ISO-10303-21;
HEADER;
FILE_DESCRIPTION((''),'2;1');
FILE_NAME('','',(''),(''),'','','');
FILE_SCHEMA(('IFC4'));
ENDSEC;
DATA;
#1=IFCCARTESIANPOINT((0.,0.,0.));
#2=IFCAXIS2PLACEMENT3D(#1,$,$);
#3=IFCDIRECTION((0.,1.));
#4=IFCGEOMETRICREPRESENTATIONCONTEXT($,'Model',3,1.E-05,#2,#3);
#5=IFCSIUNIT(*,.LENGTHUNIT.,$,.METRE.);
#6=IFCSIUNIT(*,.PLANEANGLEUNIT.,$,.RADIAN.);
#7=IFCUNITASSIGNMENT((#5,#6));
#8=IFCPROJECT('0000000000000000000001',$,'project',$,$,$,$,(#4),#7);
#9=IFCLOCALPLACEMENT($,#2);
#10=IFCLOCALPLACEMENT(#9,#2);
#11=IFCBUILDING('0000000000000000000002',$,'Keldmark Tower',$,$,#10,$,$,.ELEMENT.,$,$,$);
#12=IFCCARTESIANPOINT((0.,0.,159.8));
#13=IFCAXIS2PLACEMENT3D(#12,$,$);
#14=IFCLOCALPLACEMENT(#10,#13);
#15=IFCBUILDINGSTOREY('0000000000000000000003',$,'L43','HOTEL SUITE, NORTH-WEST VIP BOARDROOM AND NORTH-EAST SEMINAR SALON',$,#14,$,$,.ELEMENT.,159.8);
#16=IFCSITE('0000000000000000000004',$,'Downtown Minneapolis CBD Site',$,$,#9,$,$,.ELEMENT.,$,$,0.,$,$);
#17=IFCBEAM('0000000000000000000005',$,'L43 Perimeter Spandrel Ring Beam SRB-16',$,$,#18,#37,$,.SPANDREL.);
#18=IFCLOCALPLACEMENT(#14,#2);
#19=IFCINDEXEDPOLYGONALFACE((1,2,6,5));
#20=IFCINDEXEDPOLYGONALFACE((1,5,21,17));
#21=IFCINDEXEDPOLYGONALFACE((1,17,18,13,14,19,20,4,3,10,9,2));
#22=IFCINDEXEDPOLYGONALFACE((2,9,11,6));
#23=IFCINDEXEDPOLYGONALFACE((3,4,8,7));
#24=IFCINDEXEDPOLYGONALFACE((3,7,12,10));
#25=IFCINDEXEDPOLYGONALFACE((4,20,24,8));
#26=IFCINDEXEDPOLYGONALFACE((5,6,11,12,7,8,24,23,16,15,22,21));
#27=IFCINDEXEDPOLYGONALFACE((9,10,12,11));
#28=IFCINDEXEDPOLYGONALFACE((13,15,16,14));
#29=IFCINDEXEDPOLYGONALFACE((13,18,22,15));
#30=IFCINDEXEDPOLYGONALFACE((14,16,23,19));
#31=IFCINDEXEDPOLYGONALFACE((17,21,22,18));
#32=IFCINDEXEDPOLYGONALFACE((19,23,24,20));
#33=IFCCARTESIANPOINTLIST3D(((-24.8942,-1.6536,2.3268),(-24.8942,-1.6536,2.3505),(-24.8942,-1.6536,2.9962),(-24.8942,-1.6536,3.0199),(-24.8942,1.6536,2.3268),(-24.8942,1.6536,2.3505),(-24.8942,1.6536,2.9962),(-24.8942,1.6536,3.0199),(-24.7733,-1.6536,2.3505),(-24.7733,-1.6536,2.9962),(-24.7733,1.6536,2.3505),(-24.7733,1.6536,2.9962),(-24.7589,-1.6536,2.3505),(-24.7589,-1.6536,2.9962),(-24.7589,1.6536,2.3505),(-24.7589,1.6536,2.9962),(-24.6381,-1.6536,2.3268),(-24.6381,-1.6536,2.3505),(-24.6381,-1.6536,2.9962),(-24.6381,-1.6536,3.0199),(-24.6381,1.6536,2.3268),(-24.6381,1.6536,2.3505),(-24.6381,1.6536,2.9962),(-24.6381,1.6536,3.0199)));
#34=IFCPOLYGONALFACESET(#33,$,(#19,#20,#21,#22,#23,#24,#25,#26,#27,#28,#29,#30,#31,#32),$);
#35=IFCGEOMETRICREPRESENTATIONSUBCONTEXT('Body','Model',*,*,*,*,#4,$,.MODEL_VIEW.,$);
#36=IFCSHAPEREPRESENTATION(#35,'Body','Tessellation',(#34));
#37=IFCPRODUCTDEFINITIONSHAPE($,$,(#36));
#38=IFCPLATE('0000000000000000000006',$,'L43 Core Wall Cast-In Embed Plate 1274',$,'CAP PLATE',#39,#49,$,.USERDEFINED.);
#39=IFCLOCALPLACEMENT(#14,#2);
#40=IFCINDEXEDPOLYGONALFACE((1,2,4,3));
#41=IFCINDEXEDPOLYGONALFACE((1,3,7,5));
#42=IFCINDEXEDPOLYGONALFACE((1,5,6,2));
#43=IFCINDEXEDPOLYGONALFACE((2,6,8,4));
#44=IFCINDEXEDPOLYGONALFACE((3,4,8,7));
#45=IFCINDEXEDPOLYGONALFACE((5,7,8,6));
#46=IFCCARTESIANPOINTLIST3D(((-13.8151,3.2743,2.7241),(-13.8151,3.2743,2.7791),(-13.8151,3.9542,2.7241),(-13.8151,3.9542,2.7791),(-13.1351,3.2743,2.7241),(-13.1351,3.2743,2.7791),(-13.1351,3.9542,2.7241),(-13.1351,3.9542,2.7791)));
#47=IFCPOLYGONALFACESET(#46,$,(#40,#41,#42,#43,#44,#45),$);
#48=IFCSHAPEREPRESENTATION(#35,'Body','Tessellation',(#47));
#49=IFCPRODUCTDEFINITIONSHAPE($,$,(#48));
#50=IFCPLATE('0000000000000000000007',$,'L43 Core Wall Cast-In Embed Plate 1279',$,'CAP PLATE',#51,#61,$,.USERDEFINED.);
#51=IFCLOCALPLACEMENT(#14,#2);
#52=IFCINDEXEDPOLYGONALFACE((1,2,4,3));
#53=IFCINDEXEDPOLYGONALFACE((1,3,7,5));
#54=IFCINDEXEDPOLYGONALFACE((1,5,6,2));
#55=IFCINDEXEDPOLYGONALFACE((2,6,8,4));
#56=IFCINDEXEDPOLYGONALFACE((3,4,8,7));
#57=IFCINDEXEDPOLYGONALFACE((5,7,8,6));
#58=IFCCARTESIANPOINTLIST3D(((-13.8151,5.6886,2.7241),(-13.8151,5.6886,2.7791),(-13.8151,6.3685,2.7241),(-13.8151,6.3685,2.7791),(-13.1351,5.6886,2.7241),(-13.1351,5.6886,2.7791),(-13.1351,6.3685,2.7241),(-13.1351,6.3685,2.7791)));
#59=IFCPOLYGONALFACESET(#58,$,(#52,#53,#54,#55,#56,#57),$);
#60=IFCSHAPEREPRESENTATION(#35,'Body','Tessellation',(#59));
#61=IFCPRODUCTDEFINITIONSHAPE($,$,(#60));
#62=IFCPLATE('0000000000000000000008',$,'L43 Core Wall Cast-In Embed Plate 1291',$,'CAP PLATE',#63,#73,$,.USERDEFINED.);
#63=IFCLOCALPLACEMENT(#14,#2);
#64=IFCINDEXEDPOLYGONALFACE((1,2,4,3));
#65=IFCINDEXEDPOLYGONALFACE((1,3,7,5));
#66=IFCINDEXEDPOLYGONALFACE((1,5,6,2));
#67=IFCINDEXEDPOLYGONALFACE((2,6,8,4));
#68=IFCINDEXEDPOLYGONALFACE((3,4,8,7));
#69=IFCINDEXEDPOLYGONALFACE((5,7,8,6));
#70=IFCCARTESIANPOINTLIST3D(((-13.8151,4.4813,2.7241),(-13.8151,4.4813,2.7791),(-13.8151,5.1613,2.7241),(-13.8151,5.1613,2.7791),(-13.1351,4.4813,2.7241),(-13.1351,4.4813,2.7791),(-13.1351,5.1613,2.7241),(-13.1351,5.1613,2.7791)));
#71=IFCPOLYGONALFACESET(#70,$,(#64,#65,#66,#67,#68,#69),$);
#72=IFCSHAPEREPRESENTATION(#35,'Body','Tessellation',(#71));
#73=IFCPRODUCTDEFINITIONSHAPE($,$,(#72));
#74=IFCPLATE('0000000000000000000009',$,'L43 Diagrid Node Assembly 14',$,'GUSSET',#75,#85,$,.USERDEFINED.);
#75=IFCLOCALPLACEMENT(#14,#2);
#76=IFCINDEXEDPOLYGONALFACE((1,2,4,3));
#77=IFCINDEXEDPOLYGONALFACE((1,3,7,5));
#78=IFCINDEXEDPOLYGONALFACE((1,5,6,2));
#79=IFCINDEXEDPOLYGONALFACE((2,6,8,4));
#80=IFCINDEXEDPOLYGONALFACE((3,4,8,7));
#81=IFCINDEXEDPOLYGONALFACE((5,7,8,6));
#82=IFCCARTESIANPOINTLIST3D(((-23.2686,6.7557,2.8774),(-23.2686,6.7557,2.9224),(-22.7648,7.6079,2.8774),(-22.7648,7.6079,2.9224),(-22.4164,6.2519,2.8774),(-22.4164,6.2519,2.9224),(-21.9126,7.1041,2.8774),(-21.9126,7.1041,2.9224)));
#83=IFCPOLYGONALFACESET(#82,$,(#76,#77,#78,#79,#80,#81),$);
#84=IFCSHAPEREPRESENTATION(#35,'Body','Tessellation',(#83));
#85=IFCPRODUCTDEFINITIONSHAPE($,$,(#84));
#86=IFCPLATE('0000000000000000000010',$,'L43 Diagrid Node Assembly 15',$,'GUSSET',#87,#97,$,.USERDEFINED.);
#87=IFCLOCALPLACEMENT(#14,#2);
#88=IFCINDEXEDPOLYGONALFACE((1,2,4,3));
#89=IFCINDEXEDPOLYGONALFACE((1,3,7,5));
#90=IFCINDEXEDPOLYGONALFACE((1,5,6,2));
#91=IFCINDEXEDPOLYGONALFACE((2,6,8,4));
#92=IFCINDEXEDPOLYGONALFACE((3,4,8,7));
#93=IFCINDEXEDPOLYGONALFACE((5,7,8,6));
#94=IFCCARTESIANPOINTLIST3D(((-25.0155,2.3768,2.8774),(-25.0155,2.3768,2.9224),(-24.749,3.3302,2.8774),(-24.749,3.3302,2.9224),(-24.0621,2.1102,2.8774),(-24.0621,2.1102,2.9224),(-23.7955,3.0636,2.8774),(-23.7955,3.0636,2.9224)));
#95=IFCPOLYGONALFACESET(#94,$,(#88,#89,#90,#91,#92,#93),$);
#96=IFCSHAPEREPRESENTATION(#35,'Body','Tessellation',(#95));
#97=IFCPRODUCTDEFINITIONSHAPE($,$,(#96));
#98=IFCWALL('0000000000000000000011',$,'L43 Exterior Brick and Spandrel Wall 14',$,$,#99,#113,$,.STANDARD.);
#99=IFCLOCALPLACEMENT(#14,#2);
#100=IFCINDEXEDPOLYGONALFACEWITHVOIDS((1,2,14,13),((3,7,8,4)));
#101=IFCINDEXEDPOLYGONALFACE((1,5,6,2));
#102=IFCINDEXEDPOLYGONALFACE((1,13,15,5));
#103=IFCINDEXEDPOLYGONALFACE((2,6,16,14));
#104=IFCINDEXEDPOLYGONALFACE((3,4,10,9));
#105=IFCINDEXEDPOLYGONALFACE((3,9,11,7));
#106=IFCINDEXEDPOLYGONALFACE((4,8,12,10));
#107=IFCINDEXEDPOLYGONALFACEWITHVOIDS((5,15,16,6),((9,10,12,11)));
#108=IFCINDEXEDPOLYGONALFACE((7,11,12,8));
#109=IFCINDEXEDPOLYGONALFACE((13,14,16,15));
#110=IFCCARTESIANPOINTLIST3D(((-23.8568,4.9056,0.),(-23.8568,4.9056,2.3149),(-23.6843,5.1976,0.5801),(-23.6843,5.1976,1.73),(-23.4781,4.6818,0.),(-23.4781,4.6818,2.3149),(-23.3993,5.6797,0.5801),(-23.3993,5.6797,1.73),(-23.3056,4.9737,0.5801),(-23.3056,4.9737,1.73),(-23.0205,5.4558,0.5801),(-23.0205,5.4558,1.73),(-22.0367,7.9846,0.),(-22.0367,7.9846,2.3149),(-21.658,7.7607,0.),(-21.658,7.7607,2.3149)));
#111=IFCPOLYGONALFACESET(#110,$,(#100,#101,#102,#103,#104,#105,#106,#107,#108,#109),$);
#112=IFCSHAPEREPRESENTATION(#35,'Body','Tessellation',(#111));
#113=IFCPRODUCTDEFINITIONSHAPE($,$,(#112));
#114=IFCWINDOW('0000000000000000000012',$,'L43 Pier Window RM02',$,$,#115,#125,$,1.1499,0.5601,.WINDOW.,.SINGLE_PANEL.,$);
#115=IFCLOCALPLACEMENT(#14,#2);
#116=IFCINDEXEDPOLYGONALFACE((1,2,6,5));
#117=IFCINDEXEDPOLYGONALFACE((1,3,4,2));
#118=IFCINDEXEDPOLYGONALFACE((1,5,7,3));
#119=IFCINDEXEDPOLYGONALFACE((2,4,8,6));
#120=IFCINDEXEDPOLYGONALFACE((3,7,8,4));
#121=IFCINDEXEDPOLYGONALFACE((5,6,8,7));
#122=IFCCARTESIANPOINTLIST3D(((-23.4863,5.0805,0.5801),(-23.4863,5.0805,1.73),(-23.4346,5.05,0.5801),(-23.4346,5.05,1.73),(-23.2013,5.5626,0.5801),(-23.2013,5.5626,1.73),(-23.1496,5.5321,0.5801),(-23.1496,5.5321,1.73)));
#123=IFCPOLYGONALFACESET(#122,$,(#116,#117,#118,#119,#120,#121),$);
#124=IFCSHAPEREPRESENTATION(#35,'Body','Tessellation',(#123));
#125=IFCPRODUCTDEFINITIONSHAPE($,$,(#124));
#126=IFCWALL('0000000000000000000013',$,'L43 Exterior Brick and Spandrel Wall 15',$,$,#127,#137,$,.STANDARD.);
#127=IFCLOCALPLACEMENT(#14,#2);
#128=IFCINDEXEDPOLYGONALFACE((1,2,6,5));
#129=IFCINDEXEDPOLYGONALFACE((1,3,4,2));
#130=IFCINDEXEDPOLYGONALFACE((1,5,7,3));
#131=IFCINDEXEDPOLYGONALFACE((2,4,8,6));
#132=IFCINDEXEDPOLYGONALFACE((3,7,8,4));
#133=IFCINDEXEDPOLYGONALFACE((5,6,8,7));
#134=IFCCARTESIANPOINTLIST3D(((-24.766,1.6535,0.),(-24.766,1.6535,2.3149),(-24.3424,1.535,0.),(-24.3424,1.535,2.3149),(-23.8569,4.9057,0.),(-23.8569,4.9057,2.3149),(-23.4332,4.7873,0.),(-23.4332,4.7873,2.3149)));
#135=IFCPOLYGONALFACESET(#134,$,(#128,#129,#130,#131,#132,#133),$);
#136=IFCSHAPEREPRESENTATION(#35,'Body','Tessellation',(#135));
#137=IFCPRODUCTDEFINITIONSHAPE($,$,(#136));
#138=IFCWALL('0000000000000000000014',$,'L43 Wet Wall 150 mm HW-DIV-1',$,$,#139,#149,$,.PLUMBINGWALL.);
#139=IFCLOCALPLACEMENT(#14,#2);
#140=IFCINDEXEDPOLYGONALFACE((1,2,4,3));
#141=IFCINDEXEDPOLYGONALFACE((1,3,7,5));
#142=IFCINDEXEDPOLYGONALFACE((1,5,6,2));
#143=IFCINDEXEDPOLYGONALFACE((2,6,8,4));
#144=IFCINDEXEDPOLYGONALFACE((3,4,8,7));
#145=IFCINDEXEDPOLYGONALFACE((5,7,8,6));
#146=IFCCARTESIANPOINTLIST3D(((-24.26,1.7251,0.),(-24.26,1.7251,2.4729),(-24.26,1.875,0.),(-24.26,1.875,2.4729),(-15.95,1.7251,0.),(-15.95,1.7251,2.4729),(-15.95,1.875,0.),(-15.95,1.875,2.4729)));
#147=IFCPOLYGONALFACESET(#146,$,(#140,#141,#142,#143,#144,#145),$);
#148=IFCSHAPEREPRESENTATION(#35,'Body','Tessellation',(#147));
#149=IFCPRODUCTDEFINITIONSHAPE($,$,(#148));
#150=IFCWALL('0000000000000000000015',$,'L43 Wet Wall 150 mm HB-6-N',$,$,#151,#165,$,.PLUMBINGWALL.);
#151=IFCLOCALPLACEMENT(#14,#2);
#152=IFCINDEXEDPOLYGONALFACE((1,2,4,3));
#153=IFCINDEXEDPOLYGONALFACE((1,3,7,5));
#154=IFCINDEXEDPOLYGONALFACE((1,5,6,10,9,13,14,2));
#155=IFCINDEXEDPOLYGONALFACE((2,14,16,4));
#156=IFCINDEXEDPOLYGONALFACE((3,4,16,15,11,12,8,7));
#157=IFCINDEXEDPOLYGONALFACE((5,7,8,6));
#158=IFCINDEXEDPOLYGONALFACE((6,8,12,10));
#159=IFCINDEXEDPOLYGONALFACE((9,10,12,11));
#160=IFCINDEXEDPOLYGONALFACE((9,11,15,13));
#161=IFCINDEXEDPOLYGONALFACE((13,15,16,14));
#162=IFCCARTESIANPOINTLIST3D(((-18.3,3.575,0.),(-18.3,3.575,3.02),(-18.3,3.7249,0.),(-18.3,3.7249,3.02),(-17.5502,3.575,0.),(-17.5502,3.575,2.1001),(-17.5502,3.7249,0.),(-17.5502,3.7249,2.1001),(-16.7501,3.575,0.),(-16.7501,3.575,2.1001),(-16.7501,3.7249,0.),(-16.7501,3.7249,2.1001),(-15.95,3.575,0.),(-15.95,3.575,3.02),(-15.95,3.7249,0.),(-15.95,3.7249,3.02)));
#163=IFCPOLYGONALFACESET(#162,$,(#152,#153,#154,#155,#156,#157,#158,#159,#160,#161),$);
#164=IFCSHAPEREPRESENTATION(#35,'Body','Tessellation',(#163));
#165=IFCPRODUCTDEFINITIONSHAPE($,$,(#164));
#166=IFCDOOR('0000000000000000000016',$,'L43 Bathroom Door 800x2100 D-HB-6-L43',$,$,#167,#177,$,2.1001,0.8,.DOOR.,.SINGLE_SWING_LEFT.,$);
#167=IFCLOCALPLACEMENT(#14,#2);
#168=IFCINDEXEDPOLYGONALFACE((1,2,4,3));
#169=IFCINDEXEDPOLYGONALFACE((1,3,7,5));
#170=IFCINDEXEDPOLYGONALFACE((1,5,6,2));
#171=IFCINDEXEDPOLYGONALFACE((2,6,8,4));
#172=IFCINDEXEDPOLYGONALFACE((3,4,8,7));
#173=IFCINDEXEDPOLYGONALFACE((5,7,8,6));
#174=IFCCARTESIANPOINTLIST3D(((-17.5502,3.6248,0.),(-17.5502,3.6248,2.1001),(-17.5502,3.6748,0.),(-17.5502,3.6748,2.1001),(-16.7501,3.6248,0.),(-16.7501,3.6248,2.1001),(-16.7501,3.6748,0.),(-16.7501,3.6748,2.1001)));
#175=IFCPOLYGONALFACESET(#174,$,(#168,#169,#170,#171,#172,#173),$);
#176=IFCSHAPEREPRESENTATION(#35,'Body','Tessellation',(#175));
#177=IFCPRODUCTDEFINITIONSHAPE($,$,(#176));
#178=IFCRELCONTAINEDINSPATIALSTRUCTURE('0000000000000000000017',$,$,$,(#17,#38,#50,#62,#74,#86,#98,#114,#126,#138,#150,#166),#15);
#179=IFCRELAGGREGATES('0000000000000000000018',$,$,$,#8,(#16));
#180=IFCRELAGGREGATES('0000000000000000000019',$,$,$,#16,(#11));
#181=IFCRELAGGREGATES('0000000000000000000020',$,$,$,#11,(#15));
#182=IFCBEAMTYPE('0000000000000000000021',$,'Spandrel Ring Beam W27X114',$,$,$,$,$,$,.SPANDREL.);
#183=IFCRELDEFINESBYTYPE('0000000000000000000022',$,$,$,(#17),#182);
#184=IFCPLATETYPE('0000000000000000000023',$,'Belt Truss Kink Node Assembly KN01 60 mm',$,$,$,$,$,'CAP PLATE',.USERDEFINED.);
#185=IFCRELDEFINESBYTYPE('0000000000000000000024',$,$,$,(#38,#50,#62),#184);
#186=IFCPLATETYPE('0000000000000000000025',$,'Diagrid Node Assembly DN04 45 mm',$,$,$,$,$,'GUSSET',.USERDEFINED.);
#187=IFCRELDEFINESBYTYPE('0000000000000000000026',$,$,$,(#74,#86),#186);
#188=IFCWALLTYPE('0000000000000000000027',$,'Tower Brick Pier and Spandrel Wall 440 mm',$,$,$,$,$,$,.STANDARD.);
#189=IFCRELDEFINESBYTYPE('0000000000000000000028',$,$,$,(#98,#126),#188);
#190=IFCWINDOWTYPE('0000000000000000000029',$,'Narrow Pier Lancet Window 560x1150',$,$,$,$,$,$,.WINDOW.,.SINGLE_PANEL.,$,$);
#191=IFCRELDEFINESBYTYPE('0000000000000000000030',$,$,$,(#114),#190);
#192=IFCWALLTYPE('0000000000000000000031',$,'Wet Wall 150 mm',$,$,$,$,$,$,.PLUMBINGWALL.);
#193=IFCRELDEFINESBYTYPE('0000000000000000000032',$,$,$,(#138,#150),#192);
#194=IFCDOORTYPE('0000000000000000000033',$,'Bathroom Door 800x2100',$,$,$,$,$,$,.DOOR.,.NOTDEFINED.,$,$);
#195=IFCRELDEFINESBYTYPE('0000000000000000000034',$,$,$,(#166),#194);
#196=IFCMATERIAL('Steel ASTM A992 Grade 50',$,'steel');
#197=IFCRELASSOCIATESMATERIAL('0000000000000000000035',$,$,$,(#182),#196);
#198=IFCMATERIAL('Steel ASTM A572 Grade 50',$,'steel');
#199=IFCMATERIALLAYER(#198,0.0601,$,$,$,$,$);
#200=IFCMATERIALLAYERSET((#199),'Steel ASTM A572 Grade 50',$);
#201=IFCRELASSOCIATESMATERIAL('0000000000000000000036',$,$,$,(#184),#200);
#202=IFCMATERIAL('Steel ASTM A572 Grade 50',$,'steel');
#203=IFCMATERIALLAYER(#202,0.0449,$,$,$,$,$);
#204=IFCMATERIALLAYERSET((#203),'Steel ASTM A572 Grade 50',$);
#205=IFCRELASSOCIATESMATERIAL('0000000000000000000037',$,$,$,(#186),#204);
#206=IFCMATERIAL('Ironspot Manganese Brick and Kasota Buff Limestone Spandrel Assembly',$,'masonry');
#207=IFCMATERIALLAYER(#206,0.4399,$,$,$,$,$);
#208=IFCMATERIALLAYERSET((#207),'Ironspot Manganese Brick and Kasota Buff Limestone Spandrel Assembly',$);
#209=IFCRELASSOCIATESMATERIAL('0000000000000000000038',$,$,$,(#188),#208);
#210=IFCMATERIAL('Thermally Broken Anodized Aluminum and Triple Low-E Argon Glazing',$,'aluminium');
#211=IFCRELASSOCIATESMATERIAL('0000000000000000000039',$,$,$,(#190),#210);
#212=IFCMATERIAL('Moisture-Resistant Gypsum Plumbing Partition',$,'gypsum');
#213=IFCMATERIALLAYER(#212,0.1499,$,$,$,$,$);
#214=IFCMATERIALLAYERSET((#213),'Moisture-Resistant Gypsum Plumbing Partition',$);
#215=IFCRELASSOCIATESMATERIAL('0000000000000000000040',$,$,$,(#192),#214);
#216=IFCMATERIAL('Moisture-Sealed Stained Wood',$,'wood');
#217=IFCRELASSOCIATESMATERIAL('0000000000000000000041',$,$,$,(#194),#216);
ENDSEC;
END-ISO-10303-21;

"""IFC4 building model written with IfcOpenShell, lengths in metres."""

from ifc_helpers import new_model, si_unit, direction, frame, frame_2d, origin, origin_2d, place, context, subcontext, project, spatial, rectangle, i_section, extrude, material, layer, layer_set, material_profile, profile_set, type_object, element, fill, save


model = new_model("IFC4")

# Units and contexts
model_context = context("Model", 3, precision=1e-05, world=origin(), true_north=direction((0.0, 1.0)))
body_context = subcontext(model_context, "Body", "Model", "MODEL_VIEW")
ifc_project = project(units=[si_unit("LENGTHUNIT", "METRE"), si_unit("PLANEANGLEUNIT", "RADIAN")], contexts=[model_context])

# Site, building, storey
site_placement = place(None, origin())
site = spatial("IfcSite", under=ifc_project, at=site_placement, Name="Downtown Minneapolis CBD Site", CompositionType="ELEMENT", RefElevation=0.0)
building_placement = place(site_placement, origin())
building = spatial("IfcBuilding", under=site, at=building_placement, Name="Keldmark Tower", CompositionType="ELEMENT")
storey_placement = place(building_placement, frame((0.0, 0.0, 159.8)))
storey = spatial("IfcBuildingStorey", under=building, at=storey_placement, Name="L43", Description="HOTEL SUITE, NORTH-WEST VIP BOARDROOM AND NORTH-EAST SEMINAR SALON", CompositionType="ELEMENT", Elevation=159.8)

# Beam
ifc_material_1 = material(Name="Steel ASTM A992 Grade 50", Category="steel")
ifc_material_profile_1 = material_profile(ifc_material_1, i_section(OverallWidth=0.2561, OverallDepth=0.6931, WebThickness=0.0144, FlangeThickness=0.0237, at=origin_2d()), Name="W27X114")
ifc_profile_set_1 = profile_set([ifc_material_profile_1], Name="Steel ASTM A992 Grade 50")
beam_type_1 = type_object("IfcBeamType", Name="Spandrel Ring Beam W27X114", PredefinedType="SPANDREL", material=ifc_profile_set_1)
beam_1_placement = place(storey_placement, frame((-24.7661, 1.6536, 2.6733), z_axis=(0.0, -1.0, 0.0), x_axis=(1.0, 0.0, 0.0)))
element("IfcBeam", 1, at=beam_1_placement, inside=storey, type_object=beam_type_1, Name="L43 Perimeter Spandrel Ring Beam SRB-16", PredefinedType="SPANDREL", context=body_context, shape_type="SweptSolid", body=[
    extrude(i_section(OverallWidth=0.2561, OverallDepth=0.6931, WebThickness=0.0144, FlangeThickness=0.0237, at=origin_2d()), origin(), (0.0, 0.0, 1.0), 3.3071),
])

# Plates
ifc_material_2 = material(Name="Steel ASTM A572 Grade 50", Category="steel")
ifc_layer_1 = layer(ifc_material_2, 0.0601)
ifc_layer_set_1 = layer_set([ifc_layer_1], Name="Steel ASTM A572 Grade 50")
plate_type_1 = type_object("IfcPlateType", Name="Belt Truss Kink Node Assembly KN01 60 mm", ElementType="CAP PLATE", PredefinedType="USERDEFINED", material=ifc_layer_set_1)
for number, where, z_axis, x_axis, name in (
    (2, (-13.4751, 3.6143, 2.7241), (0.0, 0.0, 1.0), (1.0, 0.0, 0.0), "L43 Core Wall Cast-In Embed Plate 1274"),
    (3, (-13.4751, 6.0286, 2.7241), (0.0, 0.0, 1.0), (1.0, 0.0, 0.0), "L43 Core Wall Cast-In Embed Plate 1279"),
    (4, (-13.4751, 4.8213, 2.7241), (0.0, 0.0, 1.0), (1.0, 0.0, 0.0), "L43 Core Wall Cast-In Embed Plate 1291"),
):
    element("IfcPlate", number, at=place(storey_placement, frame(where, z_axis=z_axis, x_axis=x_axis)), inside=storey, type_object=plate_type_1, Name=name, ObjectType="CAP PLATE", PredefinedType="USERDEFINED", context=body_context, shape_type="SweptSolid", body=[
        extrude(rectangle(XDim=0.6799, YDim=0.6799, at=origin_2d()), origin(), (0.0, 0.0, 1.0), 0.0549),
    ])
ifc_material_3 = material(Name="Steel ASTM A572 Grade 50", Category="steel")
ifc_layer_2 = layer(ifc_material_3, 0.0449)
ifc_layer_set_2 = layer_set([ifc_layer_2], Name="Steel ASTM A572 Grade 50")
plate_type_2 = type_object("IfcPlateType", Name="Diagrid Node Assembly DN04 45 mm", ElementType="GUSSET", PredefinedType="USERDEFINED", material=ifc_layer_set_2)
for number, where, z_axis, x_axis, name in (
    (5, (-22.5906, 6.9299, 2.8774), (0.0, 0.0, 1.0), (-0.508891, -0.860831, 0.0), "L43 Diagrid Node Assembly 14"),
    (6, (-24.4055, 2.7202, 2.8774), (0.0, 0.0, 1.0), (-0.269256, -0.963069, 0.0), "L43 Diagrid Node Assembly 15"),
):
    element("IfcPlate", number, at=place(storey_placement, frame(where, z_axis=z_axis, x_axis=x_axis)), inside=storey, type_object=plate_type_2, Name=name, ObjectType="GUSSET", PredefinedType="USERDEFINED", context=body_context, shape_type="SweptSolid", body=[
        extrude(rectangle(XDim=0.99, YDim=0.99, at=origin_2d()), origin(), (0.0, 0.0, 1.0), 0.0449),
    ])

# Wall, opening, window
ifc_material_4 = material(Name="Ironspot Manganese Brick and Kasota Buff Limestone Spandrel Assembly", Category="masonry")
ifc_layer_3 = layer(ifc_material_4, 0.4399)
ifc_layer_set_3 = layer_set([ifc_layer_3], Name="Ironspot Manganese Brick and Kasota Buff Limestone Spandrel Assembly")
wall_type_1 = type_object("IfcWallType", Name="Tower Brick Pier and Spandrel Wall 440 mm", PredefinedType="STANDARD", material=ifc_layer_set_3)
wall_1_placement = place(storey_placement, frame((-23.6675, 4.7937, 0.0), z_axis=(0.0, 0.0, 1.0), x_axis=(0.508883, 0.860835, 0.0)))
wall_1 = element("IfcWall", 7, at=wall_1_placement, inside=storey, type_object=wall_type_1, Name="L43 Exterior Brick and Spandrel Wall 14", PredefinedType="STANDARD", context=body_context, shape_type="SweptSolid", body=[
    extrude(rectangle(XDim=3.5767, YDim=0.4399, at=frame_2d((1.7883, 0.0))), origin(), (0.0, 0.0, 1.0), 2.3149),
])
opening_1_placement = place(wall_1_placement, frame((0.3391, 0.0, 0.5801)))
opening_1 = element("IfcOpeningElement", 8, at=opening_1_placement, cuts=wall_1, PredefinedType="OPENING", context=body_context, shape_type="SweptSolid", body=[
    extrude(rectangle(XDim=0.5601, YDim=1.1499, at=frame_2d((0.28, 0.575))), frame((0.0, 0.23, 0.0), z_axis=(0.0, -1.0, 0.0), x_axis=(1.0, 0.0, 0.0)), (0.0, 0.0, 1.0), 0.46),
])
ifc_material_5 = material(Name="Thermally Broken Anodized Aluminum and Triple Low-E Argon Glazing", Category="aluminium")
window_type = type_object("IfcWindowType", Name="Narrow Pier Lancet Window 560x1150", PartitioningType="SINGLE_PANEL", PredefinedType="WINDOW", material=ifc_material_5)
window_placement = place(opening_1_placement, origin())
window = element("IfcWindow", 9, at=window_placement, inside=storey, type_object=window_type, Name="L43 Pier Window RM02", OverallHeight=1.1499, OverallWidth=0.5601, PartitioningType="SINGLE_PANEL", PredefinedType="WINDOW", context=body_context, shape_type="SweptSolid", body=[
    extrude(rectangle(XDim=0.5601, YDim=1.1499, at=frame_2d((0.28, 0.575))), frame((0.0, -0.01, 0.0), z_axis=(0.0, -1.0, 0.0), x_axis=(1.0, 0.0, 0.0)), (0.0, 0.0, 1.0), 0.0601),
])
fill(opening_1, window)

# Walls
wall_2_placement = place(storey_placement, frame((-24.5542, 1.5942, 0.0), z_axis=(0.0, 0.0, 1.0), x_axis=(0.269236, 0.963074, 0.0)))
element("IfcWall", 10, at=wall_2_placement, inside=storey, type_object=wall_type_1, Name="L43 Exterior Brick and Spandrel Wall 15", PredefinedType="STANDARD", context=body_context, shape_type="SweptSolid", body=[
    extrude(rectangle(XDim=3.377, YDim=0.4399, at=frame_2d((1.6885, 0.0))), origin(), (0.0, 0.0, 1.0), 2.3149),
])
ifc_material_6 = material(Name="Moisture-Resistant Gypsum Plumbing Partition", Category="gypsum")
ifc_layer_4 = layer(ifc_material_6, 0.1499)
ifc_layer_set_4 = layer_set([ifc_layer_4], Name="Moisture-Resistant Gypsum Plumbing Partition")
wall_type_2 = type_object("IfcWallType", Name="Wet Wall 150 mm", PredefinedType="PLUMBINGWALL", material=ifc_layer_set_4)
wall_3_placement = place(storey_placement, frame((-24.26, 1.8, 0.0), z_axis=(0.0, 0.0, 1.0), x_axis=(1.0, 0.0, 0.0)))
element("IfcWall", 11, at=wall_3_placement, inside=storey, type_object=wall_type_2, Name="L43 Wet Wall 150 mm HW-DIV-1", PredefinedType="PLUMBINGWALL", context=body_context, shape_type="SweptSolid", body=[
    extrude(rectangle(XDim=8.3101, YDim=0.1499, at=frame_2d((4.155, 0.0))), origin(), (0.0, 0.0, 1.0), 2.4729),
])

# Wall, opening, door
wall_4_placement = place(storey_placement, frame((-18.3, 3.6499, 0.0), z_axis=(0.0, 0.0, 1.0), x_axis=(1.0, 0.0, 0.0)))
wall_4 = element("IfcWall", 12, at=wall_4_placement, inside=storey, type_object=wall_type_2, Name="L43 Wet Wall 150 mm HB-6-N", PredefinedType="PLUMBINGWALL", context=body_context, shape_type="SweptSolid", body=[
    extrude(rectangle(XDim=2.3501, YDim=0.1499, at=frame_2d((1.175, 0.0))), origin(), (0.0, 0.0, 1.0), 3.02),
])
opening_2_placement = place(wall_4_placement, frame((0.75, 0.0, 0.0)))
opening_2 = element("IfcOpeningElement", 13, at=opening_2_placement, cuts=wall_4, PredefinedType="OPENING", context=body_context, shape_type="SweptSolid", body=[
    extrude(rectangle(XDim=0.8, YDim=2.1001, at=frame_2d((0.3999, 1.05))), frame((0.0, 0.085, 0.0), z_axis=(0.0, -1.0, 0.0), x_axis=(1.0, 0.0, 0.0)), (0.0, 0.0, 1.0), 0.1699),
])
ifc_material_7 = material(Name="Moisture-Sealed Stained Wood", Category="wood")
door_type = type_object("IfcDoorType", Name="Bathroom Door 800x2100", OperationType="NOTDEFINED", PredefinedType="DOOR", material=ifc_material_7)
door_placement = place(opening_2_placement, origin())
door = element("IfcDoor", 14, at=door_placement, inside=storey, type_object=door_type, Name="L43 Bathroom Door 800x2100 D-HB-6-L43", OperationType="SINGLE_SWING_LEFT", OverallHeight=2.1001, OverallWidth=0.8, PredefinedType="DOOR", context=body_context, shape_type="SweptSolid", body=[
    extrude(rectangle(XDim=0.8, YDim=2.1001, at=frame_2d((0.3999, 1.05))), frame((0.0, 0.0249, 0.0), z_axis=(0.0, -1.0, 0.0), x_axis=(1.0, 0.0, 0.0)), (0.0, 0.0, 1.0), 0.05),
])
fill(opening_2, door)

save(model, "model.ifc")
